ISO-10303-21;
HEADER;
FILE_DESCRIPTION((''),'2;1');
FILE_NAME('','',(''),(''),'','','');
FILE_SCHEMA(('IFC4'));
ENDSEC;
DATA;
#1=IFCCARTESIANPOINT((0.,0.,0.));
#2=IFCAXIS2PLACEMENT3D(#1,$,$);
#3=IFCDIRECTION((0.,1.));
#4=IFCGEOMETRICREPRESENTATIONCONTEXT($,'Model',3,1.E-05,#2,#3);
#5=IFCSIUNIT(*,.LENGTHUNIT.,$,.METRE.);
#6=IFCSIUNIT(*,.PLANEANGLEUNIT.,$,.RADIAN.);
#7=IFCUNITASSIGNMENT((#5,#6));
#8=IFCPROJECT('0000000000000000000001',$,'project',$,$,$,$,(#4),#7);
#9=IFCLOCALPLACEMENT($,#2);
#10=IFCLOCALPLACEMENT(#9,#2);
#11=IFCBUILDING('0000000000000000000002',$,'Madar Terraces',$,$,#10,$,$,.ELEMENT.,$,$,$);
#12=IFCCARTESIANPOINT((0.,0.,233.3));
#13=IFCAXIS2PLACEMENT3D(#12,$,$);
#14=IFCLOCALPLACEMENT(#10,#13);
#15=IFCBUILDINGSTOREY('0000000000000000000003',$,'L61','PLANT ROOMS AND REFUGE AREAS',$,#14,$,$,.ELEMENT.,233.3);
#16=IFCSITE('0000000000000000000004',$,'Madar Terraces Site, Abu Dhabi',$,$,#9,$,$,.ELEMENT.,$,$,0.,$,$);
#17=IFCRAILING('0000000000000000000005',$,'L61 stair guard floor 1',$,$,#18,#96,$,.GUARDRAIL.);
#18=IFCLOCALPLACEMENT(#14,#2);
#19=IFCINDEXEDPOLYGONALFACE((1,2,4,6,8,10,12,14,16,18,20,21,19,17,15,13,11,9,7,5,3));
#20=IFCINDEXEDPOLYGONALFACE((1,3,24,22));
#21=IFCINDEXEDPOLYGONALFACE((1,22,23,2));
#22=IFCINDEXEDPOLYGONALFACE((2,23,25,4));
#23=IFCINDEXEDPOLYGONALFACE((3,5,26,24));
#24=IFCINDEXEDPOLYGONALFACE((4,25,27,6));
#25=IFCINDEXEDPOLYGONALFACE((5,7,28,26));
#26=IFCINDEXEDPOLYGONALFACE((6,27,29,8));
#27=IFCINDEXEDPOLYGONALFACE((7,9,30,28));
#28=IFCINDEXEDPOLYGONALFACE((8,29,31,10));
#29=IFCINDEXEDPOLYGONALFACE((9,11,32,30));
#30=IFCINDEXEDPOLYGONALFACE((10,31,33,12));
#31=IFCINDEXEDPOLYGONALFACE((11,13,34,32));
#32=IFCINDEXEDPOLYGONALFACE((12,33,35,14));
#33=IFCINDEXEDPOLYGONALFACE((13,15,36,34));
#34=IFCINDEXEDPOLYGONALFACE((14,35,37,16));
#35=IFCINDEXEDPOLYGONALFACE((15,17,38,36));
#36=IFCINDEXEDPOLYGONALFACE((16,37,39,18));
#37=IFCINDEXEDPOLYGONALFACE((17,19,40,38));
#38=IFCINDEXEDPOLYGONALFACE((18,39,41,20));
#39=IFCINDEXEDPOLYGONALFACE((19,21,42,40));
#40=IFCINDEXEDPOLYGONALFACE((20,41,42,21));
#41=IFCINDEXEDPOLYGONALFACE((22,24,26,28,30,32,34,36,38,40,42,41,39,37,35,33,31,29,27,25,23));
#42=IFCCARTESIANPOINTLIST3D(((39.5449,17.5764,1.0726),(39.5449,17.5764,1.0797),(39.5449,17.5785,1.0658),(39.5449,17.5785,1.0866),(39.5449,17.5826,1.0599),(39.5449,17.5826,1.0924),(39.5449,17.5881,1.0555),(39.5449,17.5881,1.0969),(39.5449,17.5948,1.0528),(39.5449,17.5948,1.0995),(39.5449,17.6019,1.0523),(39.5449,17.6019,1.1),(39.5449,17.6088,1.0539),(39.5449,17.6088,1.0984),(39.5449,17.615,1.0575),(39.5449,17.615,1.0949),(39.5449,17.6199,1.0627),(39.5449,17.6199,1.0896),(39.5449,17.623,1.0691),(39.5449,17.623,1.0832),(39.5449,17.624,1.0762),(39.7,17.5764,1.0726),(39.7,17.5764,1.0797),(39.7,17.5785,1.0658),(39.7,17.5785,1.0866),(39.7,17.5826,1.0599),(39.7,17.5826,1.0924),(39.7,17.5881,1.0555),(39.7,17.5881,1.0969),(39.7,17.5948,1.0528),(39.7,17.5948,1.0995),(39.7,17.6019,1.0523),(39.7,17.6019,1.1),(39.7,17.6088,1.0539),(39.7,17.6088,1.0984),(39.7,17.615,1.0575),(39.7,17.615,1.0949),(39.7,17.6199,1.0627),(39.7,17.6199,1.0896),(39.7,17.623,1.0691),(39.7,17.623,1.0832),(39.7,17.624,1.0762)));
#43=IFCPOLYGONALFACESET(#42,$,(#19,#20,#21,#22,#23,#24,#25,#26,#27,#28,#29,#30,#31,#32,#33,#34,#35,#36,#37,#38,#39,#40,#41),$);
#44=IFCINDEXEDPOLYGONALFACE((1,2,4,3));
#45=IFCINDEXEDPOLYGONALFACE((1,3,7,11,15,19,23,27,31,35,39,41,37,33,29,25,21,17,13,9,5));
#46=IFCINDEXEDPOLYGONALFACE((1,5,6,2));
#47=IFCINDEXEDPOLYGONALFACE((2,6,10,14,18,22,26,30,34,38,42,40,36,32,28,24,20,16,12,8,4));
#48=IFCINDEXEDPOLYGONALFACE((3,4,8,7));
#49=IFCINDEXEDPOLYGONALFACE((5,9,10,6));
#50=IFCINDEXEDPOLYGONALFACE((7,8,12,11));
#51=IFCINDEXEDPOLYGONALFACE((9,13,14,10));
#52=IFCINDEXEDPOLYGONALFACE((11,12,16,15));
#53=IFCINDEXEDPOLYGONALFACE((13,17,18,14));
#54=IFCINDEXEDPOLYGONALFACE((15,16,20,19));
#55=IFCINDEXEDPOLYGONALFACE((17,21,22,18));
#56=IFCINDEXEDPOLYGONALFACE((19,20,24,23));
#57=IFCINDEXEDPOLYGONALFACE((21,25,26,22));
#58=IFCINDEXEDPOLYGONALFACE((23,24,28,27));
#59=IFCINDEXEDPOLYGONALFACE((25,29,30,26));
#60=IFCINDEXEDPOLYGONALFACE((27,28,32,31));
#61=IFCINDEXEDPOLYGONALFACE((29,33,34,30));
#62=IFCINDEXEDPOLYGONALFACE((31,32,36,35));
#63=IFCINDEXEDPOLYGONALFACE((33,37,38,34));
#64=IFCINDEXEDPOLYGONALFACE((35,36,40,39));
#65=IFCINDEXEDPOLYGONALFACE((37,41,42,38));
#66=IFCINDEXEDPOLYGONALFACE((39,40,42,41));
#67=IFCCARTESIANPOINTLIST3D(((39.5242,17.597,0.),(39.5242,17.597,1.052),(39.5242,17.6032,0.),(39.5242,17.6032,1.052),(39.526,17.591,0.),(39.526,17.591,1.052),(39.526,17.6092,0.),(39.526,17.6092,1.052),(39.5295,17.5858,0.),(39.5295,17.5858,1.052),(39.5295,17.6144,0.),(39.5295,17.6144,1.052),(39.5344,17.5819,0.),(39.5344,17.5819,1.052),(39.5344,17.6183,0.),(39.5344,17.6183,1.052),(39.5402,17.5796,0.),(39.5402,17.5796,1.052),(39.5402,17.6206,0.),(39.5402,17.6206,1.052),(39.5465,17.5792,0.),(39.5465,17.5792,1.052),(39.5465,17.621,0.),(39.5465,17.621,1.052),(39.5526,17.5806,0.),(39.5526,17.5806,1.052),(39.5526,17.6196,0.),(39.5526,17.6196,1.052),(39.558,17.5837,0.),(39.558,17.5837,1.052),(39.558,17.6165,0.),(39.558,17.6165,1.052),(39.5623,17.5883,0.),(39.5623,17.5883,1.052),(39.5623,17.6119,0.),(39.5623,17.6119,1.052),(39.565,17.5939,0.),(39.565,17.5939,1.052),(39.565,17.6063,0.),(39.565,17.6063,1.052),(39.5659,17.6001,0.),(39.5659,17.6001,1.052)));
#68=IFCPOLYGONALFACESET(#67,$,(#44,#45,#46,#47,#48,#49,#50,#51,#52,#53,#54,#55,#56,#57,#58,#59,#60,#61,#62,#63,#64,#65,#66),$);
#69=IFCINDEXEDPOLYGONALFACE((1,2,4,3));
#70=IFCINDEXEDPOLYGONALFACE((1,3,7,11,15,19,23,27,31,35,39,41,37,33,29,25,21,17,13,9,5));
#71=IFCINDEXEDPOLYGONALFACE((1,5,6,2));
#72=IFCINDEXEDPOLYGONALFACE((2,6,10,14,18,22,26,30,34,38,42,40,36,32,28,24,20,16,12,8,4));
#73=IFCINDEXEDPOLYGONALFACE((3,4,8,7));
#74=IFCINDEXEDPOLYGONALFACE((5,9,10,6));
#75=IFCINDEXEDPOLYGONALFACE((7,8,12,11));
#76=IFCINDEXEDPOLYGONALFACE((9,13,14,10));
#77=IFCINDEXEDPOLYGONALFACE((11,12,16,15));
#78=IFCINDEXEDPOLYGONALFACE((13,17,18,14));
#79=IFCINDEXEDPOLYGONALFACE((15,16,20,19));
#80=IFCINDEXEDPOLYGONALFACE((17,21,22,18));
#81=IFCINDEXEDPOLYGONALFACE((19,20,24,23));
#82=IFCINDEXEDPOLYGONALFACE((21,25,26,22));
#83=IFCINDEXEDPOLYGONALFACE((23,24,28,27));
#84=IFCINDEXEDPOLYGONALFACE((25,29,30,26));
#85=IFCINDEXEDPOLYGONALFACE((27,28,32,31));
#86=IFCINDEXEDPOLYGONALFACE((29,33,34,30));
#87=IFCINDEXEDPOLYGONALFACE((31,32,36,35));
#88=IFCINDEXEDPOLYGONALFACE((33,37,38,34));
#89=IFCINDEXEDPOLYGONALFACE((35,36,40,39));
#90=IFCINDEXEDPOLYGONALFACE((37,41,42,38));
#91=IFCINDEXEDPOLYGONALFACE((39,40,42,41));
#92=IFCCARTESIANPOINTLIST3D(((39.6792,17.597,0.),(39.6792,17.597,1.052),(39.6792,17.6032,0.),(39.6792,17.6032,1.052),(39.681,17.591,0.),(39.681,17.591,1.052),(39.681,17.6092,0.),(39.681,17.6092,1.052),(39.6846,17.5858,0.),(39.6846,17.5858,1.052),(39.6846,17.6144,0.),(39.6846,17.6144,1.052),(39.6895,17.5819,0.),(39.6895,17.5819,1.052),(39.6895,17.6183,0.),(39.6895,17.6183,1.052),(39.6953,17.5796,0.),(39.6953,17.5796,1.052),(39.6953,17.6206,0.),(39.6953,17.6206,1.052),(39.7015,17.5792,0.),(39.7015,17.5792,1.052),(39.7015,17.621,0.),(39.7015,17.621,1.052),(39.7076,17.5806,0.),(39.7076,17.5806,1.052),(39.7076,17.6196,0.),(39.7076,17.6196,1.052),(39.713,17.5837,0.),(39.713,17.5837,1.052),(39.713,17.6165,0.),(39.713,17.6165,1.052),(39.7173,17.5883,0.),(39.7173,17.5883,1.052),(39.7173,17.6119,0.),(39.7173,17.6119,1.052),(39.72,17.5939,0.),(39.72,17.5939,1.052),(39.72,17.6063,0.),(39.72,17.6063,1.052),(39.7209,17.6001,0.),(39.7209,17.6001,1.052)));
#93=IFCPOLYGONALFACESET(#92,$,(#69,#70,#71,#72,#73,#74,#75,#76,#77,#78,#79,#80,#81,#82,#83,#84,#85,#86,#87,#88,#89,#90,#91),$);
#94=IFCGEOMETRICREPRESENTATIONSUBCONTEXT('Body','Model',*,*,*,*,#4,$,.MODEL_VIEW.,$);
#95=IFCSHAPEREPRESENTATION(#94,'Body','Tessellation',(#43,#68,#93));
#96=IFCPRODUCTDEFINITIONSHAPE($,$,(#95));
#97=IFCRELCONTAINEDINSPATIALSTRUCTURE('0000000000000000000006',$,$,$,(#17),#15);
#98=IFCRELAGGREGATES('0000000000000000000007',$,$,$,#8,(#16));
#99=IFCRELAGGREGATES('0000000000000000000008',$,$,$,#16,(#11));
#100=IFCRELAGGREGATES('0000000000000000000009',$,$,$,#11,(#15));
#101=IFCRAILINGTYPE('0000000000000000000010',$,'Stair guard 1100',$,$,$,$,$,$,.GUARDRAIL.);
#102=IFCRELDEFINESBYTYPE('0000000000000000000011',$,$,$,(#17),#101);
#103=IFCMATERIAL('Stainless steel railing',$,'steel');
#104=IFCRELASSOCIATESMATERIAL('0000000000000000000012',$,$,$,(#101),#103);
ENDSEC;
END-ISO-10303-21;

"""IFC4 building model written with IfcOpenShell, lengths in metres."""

from ifc_helpers import new_model, si_unit, direction, frame, origin, origin_2d, place, context, subcontext, project, spatial, circle, extrude, material, type_object, element, save


model = new_model("IFC4")

# Units and contexts
model_context = context("Model", 3, precision=1e-05, world=origin(), true_north=direction((0.0, 1.0)))
body_context = subcontext(model_context, "Body", "Model", "MODEL_VIEW")
ifc_project = project(units=[si_unit("LENGTHUNIT", "METRE"), si_unit("PLANEANGLEUNIT", "RADIAN")], contexts=[model_context])

# Site, building, storey
site_placement = place(None, origin())
site = spatial("IfcSite", under=ifc_project, at=site_placement, Name="Madar Terraces Site, Abu Dhabi", CompositionType="ELEMENT", RefElevation=0.0)
building_placement = place(site_placement, origin())
building = spatial("IfcBuilding", under=site, at=building_placement, Name="Madar Terraces", CompositionType="ELEMENT")
storey_placement = place(building_placement, frame((0.0, 0.0, 233.3)))
storey = spatial("IfcBuildingStorey", under=building, at=storey_placement, Name="L61", Description="PLANT ROOMS AND REFUGE AREAS", CompositionType="ELEMENT", Elevation=233.3)

# Railing
ifc_material_1 = material(Name="Stainless steel railing", Category="steel")
railing_type_1 = type_object("IfcRailingType", Name="Stair guard 1100", PredefinedType="GUARDRAIL", material=ifc_material_1)
for number, where, name in (
    (1, (39.5449, 17.6001, 0.0), "L61 stair guard floor 1"),
):
    element("IfcRailing", number, at=place(storey_placement, frame(where)), inside=storey, type_object=railing_type_1, Name=name, PredefinedType="GUARDRAIL", context=body_context, shape_type="SweptSolid", body=[
        extrude(circle(Radius=0.0239, at=origin_2d()), frame((0.0, 0.0, 1.0762), z_axis=(1.0, 0.0, 0.0), x_axis=(0.0, 1.0, 0.0)), (0.0, 0.0, 1.0), 0.155),
        extrude(circle(Radius=0.021, at=origin_2d()), origin(), (0.0, 0.0, 1.0), 1.052),
        extrude(circle(Radius=0.021, at=origin_2d()), frame((0.155, 0.0, 0.0)), (0.0, 0.0, 1.0), 1.052),
    ])

save(model, "model.ifc")
